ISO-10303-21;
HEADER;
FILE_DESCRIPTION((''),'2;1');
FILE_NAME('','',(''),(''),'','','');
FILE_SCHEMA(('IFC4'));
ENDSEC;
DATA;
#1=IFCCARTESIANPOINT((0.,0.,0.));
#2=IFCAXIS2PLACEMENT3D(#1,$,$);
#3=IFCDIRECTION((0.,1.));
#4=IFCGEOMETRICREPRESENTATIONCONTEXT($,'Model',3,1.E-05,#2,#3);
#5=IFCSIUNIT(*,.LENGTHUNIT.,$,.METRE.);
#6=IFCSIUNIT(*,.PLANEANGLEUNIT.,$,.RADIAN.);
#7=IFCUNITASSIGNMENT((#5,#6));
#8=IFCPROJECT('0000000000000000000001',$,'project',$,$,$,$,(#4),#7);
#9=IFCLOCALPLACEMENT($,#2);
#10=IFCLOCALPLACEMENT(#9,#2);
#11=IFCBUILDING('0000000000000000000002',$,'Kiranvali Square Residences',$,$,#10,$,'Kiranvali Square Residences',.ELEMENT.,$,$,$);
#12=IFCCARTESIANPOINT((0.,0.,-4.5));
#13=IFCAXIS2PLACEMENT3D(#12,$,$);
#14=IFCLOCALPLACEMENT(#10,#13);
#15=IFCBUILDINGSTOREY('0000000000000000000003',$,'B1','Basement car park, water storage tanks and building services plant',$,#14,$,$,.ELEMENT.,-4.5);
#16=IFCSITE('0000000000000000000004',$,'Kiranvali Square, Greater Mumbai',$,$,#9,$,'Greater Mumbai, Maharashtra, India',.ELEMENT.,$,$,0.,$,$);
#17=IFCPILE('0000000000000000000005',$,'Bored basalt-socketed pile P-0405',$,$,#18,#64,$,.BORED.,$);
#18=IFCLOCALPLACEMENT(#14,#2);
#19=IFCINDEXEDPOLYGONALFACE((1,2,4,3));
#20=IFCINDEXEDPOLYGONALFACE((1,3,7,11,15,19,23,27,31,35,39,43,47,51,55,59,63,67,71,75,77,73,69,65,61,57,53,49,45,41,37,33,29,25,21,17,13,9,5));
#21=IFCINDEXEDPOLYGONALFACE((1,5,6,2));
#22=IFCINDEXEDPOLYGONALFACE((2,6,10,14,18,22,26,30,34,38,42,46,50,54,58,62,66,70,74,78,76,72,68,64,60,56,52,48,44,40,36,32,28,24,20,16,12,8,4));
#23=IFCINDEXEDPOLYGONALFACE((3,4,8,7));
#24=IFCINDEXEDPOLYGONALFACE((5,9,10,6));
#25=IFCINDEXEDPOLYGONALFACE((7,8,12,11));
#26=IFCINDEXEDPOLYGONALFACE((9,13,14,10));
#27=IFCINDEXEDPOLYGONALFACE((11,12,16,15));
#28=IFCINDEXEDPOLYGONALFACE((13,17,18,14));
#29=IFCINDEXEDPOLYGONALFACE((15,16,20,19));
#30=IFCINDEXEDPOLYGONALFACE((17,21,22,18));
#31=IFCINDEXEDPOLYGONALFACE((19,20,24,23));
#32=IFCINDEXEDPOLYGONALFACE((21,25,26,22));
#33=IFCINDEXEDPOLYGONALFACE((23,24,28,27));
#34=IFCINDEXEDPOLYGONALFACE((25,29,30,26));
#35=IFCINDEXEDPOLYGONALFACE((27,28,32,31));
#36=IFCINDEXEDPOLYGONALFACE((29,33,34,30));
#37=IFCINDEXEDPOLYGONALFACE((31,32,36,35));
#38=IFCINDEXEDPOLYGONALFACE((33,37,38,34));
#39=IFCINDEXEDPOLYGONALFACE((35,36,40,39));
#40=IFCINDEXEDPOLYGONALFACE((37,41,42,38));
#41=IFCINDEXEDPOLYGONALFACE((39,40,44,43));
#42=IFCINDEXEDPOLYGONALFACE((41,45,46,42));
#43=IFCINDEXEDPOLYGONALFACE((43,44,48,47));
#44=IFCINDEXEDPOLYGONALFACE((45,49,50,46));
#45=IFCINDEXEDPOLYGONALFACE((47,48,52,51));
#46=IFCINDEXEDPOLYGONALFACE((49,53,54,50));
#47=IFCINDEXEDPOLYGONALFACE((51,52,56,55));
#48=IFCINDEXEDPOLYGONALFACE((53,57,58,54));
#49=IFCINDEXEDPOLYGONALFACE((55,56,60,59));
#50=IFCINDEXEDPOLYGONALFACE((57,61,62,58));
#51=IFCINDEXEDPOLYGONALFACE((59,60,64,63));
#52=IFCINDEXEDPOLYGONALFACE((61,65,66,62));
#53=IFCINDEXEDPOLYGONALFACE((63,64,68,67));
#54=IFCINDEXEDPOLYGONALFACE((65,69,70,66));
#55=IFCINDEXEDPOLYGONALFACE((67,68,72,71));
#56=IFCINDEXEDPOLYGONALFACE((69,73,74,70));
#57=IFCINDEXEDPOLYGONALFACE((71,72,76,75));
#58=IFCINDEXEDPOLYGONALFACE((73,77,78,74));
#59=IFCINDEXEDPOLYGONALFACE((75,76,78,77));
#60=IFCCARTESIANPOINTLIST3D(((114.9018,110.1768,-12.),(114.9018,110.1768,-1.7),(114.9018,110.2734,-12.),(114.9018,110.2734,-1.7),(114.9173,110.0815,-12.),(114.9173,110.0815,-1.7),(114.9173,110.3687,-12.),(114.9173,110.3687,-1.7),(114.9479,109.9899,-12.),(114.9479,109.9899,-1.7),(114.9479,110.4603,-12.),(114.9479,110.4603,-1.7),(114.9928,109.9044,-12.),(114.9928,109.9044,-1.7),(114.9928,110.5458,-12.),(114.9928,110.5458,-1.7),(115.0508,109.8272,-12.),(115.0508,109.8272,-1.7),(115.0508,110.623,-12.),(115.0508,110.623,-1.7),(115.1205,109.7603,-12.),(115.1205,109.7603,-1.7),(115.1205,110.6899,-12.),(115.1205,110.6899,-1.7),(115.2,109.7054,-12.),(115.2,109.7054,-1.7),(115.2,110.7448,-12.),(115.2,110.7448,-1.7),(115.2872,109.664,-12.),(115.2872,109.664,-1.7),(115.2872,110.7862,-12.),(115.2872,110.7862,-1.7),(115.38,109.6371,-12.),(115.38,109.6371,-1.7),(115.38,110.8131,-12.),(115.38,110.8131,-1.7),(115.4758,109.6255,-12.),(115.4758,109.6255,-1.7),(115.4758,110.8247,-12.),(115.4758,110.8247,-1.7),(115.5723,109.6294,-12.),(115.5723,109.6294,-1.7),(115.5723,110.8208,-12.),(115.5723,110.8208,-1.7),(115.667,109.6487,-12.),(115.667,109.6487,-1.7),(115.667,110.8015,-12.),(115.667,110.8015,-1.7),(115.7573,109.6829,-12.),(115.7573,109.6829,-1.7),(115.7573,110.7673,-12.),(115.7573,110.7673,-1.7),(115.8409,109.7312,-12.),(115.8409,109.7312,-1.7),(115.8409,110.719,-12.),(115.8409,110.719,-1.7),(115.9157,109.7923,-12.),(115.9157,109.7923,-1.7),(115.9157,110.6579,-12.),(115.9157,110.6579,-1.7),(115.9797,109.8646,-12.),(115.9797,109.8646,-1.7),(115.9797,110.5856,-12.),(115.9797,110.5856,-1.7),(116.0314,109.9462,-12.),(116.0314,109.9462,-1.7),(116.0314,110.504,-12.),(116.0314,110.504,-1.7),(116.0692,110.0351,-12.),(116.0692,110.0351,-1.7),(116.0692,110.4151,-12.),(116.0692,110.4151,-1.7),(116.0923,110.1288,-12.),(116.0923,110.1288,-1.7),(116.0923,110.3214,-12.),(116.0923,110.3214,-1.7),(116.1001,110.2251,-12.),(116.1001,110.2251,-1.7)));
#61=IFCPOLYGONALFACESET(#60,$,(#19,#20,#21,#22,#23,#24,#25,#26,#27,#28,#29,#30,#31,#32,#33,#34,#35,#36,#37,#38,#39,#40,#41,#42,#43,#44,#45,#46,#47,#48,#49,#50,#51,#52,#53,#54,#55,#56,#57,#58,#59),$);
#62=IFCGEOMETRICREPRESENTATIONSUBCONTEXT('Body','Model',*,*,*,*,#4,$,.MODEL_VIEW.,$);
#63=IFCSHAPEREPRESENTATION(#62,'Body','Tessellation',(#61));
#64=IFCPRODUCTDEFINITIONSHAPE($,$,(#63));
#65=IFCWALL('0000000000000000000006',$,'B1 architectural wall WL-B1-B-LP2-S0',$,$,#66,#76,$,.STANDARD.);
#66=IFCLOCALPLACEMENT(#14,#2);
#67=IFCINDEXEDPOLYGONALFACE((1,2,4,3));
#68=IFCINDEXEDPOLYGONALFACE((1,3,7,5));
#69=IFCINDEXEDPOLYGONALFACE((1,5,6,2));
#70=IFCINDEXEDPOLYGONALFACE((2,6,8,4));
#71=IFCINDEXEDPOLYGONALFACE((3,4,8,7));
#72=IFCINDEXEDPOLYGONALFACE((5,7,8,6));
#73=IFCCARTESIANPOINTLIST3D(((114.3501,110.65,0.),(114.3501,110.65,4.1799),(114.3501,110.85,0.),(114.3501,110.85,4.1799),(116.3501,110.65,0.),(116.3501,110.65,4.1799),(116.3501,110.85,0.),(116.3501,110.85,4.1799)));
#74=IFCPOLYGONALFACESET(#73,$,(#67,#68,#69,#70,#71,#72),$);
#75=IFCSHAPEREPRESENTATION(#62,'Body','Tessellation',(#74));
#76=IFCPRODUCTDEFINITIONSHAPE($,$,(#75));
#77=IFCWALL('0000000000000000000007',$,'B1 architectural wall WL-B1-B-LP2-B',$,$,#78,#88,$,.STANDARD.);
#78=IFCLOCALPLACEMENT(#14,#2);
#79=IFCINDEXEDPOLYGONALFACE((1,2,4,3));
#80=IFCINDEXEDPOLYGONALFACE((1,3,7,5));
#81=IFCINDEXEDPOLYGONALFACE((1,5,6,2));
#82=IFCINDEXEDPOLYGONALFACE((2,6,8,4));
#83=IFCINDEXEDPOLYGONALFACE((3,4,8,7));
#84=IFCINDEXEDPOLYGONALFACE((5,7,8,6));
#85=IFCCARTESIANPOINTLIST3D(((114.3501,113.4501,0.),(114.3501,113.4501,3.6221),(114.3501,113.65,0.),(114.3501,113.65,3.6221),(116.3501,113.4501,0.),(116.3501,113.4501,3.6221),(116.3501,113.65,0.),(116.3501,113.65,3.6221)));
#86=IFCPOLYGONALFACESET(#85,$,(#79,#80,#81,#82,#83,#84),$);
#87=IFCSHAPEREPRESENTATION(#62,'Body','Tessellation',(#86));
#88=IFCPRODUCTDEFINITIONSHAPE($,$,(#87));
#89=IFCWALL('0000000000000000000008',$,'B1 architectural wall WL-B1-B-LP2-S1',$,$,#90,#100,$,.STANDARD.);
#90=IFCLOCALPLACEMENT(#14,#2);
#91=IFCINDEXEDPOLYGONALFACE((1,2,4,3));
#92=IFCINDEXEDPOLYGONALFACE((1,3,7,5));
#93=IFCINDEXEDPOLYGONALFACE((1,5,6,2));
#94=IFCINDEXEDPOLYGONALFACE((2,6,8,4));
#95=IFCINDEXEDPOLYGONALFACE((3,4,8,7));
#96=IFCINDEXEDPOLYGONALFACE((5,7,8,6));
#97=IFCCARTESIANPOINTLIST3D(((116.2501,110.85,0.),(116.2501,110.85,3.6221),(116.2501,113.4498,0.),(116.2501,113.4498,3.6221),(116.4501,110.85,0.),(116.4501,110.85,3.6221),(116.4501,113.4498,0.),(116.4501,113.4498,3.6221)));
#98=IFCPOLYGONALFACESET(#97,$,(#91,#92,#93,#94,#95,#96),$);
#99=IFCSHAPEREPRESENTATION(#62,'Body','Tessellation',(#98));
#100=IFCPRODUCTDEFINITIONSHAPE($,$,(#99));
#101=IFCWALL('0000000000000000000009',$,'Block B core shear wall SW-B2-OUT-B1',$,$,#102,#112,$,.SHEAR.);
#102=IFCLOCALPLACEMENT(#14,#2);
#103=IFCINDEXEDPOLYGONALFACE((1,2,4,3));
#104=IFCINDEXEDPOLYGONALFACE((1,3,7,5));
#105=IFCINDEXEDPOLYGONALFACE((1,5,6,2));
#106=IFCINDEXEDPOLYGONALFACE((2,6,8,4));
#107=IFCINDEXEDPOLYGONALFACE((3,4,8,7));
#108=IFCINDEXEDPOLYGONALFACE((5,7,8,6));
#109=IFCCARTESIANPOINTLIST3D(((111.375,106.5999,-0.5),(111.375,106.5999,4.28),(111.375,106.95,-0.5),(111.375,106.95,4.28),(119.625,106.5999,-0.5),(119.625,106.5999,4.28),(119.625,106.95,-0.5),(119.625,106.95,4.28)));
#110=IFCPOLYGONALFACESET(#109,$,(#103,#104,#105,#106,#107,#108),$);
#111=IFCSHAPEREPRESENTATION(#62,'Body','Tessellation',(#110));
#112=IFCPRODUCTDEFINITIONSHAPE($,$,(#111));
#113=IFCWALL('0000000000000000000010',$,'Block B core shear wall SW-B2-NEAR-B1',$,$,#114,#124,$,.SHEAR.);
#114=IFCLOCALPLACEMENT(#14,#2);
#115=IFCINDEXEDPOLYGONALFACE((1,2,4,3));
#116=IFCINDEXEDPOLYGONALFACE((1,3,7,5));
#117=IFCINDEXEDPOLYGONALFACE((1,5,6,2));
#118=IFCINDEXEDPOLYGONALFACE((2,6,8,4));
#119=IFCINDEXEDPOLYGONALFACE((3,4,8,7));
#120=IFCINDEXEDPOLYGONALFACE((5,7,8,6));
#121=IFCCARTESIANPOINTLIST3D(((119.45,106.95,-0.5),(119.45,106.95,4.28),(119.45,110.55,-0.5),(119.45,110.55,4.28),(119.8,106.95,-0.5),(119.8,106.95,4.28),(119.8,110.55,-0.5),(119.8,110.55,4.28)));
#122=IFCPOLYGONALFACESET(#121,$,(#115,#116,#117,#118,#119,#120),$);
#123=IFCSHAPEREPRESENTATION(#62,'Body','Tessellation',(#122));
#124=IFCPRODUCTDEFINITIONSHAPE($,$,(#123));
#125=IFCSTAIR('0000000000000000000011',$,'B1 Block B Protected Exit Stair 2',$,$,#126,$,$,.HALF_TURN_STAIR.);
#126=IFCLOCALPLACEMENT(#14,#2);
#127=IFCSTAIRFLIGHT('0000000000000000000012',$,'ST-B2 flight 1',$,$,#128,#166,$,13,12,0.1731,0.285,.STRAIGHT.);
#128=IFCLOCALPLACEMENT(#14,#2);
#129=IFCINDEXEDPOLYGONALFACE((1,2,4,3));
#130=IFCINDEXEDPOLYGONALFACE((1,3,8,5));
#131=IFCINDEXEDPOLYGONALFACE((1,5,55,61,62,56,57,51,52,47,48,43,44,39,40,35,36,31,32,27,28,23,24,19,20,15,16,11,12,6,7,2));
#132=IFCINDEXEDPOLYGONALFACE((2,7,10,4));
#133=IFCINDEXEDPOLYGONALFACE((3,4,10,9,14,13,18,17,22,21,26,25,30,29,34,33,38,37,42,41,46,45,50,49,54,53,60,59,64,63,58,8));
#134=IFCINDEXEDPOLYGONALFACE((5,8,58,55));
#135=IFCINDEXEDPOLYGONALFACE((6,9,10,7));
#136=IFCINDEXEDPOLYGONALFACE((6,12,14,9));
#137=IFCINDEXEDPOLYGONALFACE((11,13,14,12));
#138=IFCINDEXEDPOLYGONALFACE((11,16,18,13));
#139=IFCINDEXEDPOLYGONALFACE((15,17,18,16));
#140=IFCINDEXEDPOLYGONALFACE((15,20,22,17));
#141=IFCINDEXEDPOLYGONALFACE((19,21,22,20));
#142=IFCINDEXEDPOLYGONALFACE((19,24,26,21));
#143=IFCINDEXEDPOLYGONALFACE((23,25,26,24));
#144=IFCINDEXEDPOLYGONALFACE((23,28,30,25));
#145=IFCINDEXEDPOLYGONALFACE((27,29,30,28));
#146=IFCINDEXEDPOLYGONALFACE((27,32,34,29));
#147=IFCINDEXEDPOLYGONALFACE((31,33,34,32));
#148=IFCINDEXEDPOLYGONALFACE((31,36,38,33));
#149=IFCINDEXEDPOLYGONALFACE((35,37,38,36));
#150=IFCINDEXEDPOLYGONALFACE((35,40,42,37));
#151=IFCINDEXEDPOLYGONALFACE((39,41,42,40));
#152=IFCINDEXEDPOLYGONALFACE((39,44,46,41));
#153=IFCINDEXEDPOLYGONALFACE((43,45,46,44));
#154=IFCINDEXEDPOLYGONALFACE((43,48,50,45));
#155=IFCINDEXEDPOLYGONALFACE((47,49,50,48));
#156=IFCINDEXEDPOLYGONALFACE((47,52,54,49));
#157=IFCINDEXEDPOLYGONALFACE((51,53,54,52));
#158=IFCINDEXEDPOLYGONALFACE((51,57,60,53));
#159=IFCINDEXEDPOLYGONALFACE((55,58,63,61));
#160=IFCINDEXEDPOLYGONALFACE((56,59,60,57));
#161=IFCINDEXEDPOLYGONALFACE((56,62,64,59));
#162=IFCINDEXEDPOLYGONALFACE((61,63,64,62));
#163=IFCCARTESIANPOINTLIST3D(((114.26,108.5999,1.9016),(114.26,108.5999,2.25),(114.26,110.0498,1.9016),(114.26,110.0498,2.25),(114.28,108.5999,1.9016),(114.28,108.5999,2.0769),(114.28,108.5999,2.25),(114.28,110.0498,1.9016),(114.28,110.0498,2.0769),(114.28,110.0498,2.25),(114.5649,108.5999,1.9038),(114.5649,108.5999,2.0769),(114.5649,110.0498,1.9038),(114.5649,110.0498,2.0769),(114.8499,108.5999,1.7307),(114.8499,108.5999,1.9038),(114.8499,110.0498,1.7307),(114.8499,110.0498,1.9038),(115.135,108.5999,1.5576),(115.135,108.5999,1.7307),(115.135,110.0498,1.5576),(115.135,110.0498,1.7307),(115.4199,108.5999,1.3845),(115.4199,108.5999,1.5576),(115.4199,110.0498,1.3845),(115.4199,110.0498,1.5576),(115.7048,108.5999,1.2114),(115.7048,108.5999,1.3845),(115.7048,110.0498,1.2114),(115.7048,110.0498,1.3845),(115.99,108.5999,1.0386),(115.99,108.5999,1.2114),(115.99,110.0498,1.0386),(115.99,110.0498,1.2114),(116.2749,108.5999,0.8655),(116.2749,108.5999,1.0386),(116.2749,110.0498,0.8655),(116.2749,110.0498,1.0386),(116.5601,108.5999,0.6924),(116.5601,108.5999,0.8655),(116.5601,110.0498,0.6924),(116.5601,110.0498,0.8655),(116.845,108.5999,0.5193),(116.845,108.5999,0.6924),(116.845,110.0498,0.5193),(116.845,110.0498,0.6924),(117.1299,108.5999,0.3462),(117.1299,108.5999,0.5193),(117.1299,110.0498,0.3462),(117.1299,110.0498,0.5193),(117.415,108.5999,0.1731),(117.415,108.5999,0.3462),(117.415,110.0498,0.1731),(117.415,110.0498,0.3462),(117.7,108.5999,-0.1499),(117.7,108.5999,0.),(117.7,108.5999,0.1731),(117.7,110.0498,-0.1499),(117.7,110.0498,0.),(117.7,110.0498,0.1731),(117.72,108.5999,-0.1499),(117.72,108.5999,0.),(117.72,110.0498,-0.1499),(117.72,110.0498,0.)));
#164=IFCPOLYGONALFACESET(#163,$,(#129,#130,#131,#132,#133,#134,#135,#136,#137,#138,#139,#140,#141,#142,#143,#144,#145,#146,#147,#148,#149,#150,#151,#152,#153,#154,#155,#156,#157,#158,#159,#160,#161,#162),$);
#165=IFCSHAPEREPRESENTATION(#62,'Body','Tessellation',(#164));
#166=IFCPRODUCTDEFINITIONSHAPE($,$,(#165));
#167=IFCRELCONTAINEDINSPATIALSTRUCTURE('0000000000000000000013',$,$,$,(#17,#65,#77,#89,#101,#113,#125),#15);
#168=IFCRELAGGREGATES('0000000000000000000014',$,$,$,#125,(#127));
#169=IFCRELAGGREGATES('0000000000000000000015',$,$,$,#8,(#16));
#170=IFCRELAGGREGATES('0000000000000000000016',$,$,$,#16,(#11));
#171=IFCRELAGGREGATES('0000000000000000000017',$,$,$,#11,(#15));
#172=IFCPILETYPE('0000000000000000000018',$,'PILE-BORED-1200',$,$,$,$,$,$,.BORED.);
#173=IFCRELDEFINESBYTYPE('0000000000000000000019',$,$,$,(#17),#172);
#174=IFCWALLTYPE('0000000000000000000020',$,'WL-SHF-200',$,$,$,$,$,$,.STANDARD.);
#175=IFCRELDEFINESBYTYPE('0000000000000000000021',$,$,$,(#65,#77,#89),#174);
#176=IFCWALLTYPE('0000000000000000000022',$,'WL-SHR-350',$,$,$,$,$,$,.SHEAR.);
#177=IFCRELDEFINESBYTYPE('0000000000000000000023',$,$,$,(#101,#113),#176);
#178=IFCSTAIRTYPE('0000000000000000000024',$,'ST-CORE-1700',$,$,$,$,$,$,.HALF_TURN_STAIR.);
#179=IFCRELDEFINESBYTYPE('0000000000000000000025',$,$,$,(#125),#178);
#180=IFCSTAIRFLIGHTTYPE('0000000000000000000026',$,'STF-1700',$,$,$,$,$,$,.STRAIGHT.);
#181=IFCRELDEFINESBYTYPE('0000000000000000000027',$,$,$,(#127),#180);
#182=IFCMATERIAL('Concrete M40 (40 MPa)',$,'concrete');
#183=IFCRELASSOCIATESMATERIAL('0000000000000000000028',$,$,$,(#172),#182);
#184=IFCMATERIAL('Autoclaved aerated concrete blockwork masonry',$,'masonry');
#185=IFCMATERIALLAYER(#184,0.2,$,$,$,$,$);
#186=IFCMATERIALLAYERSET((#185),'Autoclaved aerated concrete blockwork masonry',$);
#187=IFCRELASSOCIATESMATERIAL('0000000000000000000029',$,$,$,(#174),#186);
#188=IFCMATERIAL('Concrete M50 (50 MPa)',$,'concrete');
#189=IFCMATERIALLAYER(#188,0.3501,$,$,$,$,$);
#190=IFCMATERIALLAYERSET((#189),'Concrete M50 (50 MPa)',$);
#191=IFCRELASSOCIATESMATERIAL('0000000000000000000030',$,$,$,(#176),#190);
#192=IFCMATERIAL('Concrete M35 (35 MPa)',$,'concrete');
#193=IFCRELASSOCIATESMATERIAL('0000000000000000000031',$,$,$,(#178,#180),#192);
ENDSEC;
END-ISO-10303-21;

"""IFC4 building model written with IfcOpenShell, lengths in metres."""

from ifc_helpers import new_model, si_unit, direction, frame, frame_2d, origin, origin_2d, place, context, subcontext, project, spatial, polyline, rectangle, circle, outline, extrude, material, layer, layer_set, material_profile, profile_set, type_object, element, aggregate, save


model = new_model("IFC4")

# Units and contexts
model_context = context("Model", 3, precision=1e-05, world=origin(), true_north=direction((0.0, 1.0)))
body_context = subcontext(model_context, "Body", "Model", "MODEL_VIEW")
ifc_project = project(units=[si_unit("LENGTHUNIT", "METRE"), si_unit("PLANEANGLEUNIT", "RADIAN")], contexts=[model_context])

# Site, building, storey
site_placement = place(None, origin())
site = spatial("IfcSite", under=ifc_project, at=site_placement, Name="Kiranvali Square, Greater Mumbai", LongName="Greater Mumbai, Maharashtra, India", CompositionType="ELEMENT", RefElevation=0.0)
building_placement = place(site_placement, origin())
building = spatial("IfcBuilding", under=site, at=building_placement, Name="Kiranvali Square Residences", LongName="Kiranvali Square Residences", CompositionType="ELEMENT")
storey_placement = place(building_placement, frame((0.0, 0.0, -4.5)))
storey = spatial("IfcBuildingStorey", under=building, at=storey_placement, Name="B1", Description="Basement car park, water storage tanks and building services plant", CompositionType="ELEMENT", Elevation=-4.5)

# Shared definitions
ifc_material_1 = material(Name="Concrete M40 (40 MPa)", Category="concrete")

# Pile
ifc_material_profile_1 = material_profile(ifc_material_1, circle(Radius=0.6001, at=origin_2d()), Name="BORED PILE 1200")
ifc_profile_set_1 = profile_set([ifc_material_profile_1], Name="Concrete M40 (40 MPa)")
pile_type = type_object("IfcPileType", Name="PILE-BORED-1200", PredefinedType="BORED", material=ifc_profile_set_1)
for number, where, z_axis, x_axis, name in (
    (1, (115.5, 110.2251, -1.7), (0.0, 0.0, -1.0), (1.0, 0.0, 0.0), "Bored basalt-socketed pile P-0405"),
):
    element("IfcPile", number, at=place(storey_placement, frame(where, z_axis=z_axis, x_axis=x_axis)), inside=storey, type_object=pile_type, Name=name, PredefinedType="BORED", context=body_context, shape_type="SweptSolid", body=[
        extrude(circle(Radius=0.6001, at=origin_2d()), origin(), (0.0, 0.0, 1.0), 10.3),
    ])

# Shared definitions
ifc_material_2 = material(Name="Autoclaved aerated concrete blockwork masonry", Category="masonry")

# Walls
ifc_layer_1 = layer(ifc_material_2, 0.2)
ifc_layer_set_1 = layer_set([ifc_layer_1], Name="Autoclaved aerated concrete blockwork masonry")
wall_type_1 = type_object("IfcWallType", Name="WL-SHF-200", PredefinedType="STANDARD", material=ifc_layer_set_1)
wall_1_placement = place(storey_placement, frame((116.3501, 110.75, 0.0), z_axis=(0.0, 0.0, 1.0), x_axis=(-1.0, 0.0, 0.0)))
element("IfcWall", 2, at=wall_1_placement, inside=storey, type_object=wall_type_1, Name="B1 architectural wall WL-B1-B-LP2-S0", PredefinedType="STANDARD", context=body_context, shape_type="SweptSolid", body=[
    extrude(rectangle(XDim=2.0, YDim=0.2, at=frame_2d((1.0, 0.0))), origin(), (0.0, 0.0, 1.0), 4.1799),
])
wall_2_placement = place(storey_placement, frame((116.3501, 113.55, 0.0), z_axis=(0.0, 0.0, 1.0), x_axis=(-1.0, 0.0, 0.0)))
element("IfcWall", 3, at=wall_2_placement, inside=storey, type_object=wall_type_1, Name="B1 architectural wall WL-B1-B-LP2-B", PredefinedType="STANDARD", context=body_context, shape_type="SweptSolid", body=[
    extrude(rectangle(XDim=2.0, YDim=0.2, at=frame_2d((1.0, 0.0))), origin(), (0.0, 0.0, 1.0), 3.6221),
])
wall_3_placement = place(storey_placement, frame((116.3501, 110.8501, 0.0), z_axis=(0.0, 0.0, 1.0), x_axis=(0.0, 1.0, 0.0)))
element("IfcWall", 4, at=wall_3_placement, inside=storey, type_object=wall_type_1, Name="B1 architectural wall WL-B1-B-LP2-S1", PredefinedType="STANDARD", context=body_context, shape_type="SweptSolid", body=[
    extrude(rectangle(XDim=2.5999, YDim=0.2, at=frame_2d((1.2998, 0.0))), origin(), (0.0, 0.0, 1.0), 3.6221),
])

# Wall
ifc_material_3 = material(Name="Concrete M50 (50 MPa)", Category="concrete")
ifc_layer_2 = layer(ifc_material_3, 0.3501)
ifc_layer_set_2 = layer_set([ifc_layer_2], Name="Concrete M50 (50 MPa)")
wall_type_2 = type_object("IfcWallType", Name="WL-SHR-350", PredefinedType="SHEAR", material=ifc_layer_set_2)
wall_4_placement = place(storey_placement, frame((119.625, 106.7749, -0.5), z_axis=(0.0, 0.0, 1.0), x_axis=(-1.0, 0.0, 0.0)))
element("IfcWall", 5, at=wall_4_placement, inside=storey, type_object=wall_type_2, Name="Block B core shear wall SW-B2-OUT-B1", PredefinedType="SHEAR", context=body_context, shape_type="SweptSolid", body=[
    extrude(rectangle(XDim=8.25, YDim=0.3501, at=frame_2d((4.125, 0.0))), origin(), (0.0, 0.0, 1.0), 4.78),
])

# Wall
wall_5_placement = place(storey_placement, frame((119.625, 106.95, -0.5), z_axis=(0.0, 0.0, 1.0), x_axis=(0.0, 1.0, 0.0)))
element("IfcWall", 6, at=wall_5_placement, inside=storey, type_object=wall_type_2, Name="Block B core shear wall SW-B2-NEAR-B1", PredefinedType="SHEAR", context=body_context, shape_type="SweptSolid", body=[
    extrude(rectangle(XDim=3.6001, YDim=0.3501, at=frame_2d((1.8, 0.0))), origin(), (0.0, 0.0, 1.0), 4.78),
])

# Stair, stair flight
ifc_material_4 = material(Name="Concrete M35 (35 MPa)", Category="concrete")
stair_type = type_object("IfcStairType", Name="ST-CORE-1700", PredefinedType="HALF_TURN_STAIR", material=ifc_material_4)
stair_placement = place(storey_placement, origin())
stair = element("IfcStair", 7, at=stair_placement, inside=storey, type_object=stair_type, Name="B1 Block B Protected Exit Stair 2", PredefinedType="HALF_TURN_STAIR")
stair_flight_type = type_object("IfcStairFlightType", Name="STF-1700", PredefinedType="STRAIGHT", material=ifc_material_4)
stair_flight_1_placement = place(storey_placement, frame((117.7, 109.325, 0.0), z_axis=(0.0, 0.0, 1.0), x_axis=(-1.0, 0.0, 0.0)))
stair_flight_1 = element("IfcStairFlight", 8, at=stair_flight_1_placement, type_object=stair_flight_type, Name="ST-B2 flight 1", NumberOfRisers=13, NumberOfTreads=12, PredefinedType="STRAIGHT", RiserHeight=0.1731, TreadLength=0.285, context=body_context, shape_type="SweptSolid", body=[
    extrude(outline(polyline([(-0.02, -0.1499), (-0.02, 0.0), (0.0, 0.0), (0.0, 0.1731), (0.2849, 0.1731), (0.2849, 0.3462), (0.5701, 0.3462), (0.5701, 0.5193), (0.855, 0.5193), (0.855, 0.6924), (1.1399, 0.6924), (1.1399, 0.8655), (1.425, 0.8655), (1.425, 1.0386), (1.71, 1.0386), (1.71, 1.2114), (1.9951, 1.2114), (1.9951, 1.3845), (2.28, 1.3845), (2.28, 1.5576), (2.5649, 1.5576), (2.5649, 1.7307), (2.8501, 1.7307), (2.8501, 1.9038), (3.135, 1.9038), (3.135, 2.0769), (3.4199, 2.0769), (3.4199, 2.25), (3.4399, 2.25), (3.4399, 1.9016), (3.4199, 1.9016), (0.0, -0.1499), (-0.02, -0.1499)])), frame((0.0, 0.7251, 0.0), z_axis=(0.0, -1.0, 0.0), x_axis=(1.0, 0.0, 0.0)), (0.0, 0.0, 1.0), 1.45),
])
aggregate(stair, [stair_flight_1])

save(model, "model.ifc")
